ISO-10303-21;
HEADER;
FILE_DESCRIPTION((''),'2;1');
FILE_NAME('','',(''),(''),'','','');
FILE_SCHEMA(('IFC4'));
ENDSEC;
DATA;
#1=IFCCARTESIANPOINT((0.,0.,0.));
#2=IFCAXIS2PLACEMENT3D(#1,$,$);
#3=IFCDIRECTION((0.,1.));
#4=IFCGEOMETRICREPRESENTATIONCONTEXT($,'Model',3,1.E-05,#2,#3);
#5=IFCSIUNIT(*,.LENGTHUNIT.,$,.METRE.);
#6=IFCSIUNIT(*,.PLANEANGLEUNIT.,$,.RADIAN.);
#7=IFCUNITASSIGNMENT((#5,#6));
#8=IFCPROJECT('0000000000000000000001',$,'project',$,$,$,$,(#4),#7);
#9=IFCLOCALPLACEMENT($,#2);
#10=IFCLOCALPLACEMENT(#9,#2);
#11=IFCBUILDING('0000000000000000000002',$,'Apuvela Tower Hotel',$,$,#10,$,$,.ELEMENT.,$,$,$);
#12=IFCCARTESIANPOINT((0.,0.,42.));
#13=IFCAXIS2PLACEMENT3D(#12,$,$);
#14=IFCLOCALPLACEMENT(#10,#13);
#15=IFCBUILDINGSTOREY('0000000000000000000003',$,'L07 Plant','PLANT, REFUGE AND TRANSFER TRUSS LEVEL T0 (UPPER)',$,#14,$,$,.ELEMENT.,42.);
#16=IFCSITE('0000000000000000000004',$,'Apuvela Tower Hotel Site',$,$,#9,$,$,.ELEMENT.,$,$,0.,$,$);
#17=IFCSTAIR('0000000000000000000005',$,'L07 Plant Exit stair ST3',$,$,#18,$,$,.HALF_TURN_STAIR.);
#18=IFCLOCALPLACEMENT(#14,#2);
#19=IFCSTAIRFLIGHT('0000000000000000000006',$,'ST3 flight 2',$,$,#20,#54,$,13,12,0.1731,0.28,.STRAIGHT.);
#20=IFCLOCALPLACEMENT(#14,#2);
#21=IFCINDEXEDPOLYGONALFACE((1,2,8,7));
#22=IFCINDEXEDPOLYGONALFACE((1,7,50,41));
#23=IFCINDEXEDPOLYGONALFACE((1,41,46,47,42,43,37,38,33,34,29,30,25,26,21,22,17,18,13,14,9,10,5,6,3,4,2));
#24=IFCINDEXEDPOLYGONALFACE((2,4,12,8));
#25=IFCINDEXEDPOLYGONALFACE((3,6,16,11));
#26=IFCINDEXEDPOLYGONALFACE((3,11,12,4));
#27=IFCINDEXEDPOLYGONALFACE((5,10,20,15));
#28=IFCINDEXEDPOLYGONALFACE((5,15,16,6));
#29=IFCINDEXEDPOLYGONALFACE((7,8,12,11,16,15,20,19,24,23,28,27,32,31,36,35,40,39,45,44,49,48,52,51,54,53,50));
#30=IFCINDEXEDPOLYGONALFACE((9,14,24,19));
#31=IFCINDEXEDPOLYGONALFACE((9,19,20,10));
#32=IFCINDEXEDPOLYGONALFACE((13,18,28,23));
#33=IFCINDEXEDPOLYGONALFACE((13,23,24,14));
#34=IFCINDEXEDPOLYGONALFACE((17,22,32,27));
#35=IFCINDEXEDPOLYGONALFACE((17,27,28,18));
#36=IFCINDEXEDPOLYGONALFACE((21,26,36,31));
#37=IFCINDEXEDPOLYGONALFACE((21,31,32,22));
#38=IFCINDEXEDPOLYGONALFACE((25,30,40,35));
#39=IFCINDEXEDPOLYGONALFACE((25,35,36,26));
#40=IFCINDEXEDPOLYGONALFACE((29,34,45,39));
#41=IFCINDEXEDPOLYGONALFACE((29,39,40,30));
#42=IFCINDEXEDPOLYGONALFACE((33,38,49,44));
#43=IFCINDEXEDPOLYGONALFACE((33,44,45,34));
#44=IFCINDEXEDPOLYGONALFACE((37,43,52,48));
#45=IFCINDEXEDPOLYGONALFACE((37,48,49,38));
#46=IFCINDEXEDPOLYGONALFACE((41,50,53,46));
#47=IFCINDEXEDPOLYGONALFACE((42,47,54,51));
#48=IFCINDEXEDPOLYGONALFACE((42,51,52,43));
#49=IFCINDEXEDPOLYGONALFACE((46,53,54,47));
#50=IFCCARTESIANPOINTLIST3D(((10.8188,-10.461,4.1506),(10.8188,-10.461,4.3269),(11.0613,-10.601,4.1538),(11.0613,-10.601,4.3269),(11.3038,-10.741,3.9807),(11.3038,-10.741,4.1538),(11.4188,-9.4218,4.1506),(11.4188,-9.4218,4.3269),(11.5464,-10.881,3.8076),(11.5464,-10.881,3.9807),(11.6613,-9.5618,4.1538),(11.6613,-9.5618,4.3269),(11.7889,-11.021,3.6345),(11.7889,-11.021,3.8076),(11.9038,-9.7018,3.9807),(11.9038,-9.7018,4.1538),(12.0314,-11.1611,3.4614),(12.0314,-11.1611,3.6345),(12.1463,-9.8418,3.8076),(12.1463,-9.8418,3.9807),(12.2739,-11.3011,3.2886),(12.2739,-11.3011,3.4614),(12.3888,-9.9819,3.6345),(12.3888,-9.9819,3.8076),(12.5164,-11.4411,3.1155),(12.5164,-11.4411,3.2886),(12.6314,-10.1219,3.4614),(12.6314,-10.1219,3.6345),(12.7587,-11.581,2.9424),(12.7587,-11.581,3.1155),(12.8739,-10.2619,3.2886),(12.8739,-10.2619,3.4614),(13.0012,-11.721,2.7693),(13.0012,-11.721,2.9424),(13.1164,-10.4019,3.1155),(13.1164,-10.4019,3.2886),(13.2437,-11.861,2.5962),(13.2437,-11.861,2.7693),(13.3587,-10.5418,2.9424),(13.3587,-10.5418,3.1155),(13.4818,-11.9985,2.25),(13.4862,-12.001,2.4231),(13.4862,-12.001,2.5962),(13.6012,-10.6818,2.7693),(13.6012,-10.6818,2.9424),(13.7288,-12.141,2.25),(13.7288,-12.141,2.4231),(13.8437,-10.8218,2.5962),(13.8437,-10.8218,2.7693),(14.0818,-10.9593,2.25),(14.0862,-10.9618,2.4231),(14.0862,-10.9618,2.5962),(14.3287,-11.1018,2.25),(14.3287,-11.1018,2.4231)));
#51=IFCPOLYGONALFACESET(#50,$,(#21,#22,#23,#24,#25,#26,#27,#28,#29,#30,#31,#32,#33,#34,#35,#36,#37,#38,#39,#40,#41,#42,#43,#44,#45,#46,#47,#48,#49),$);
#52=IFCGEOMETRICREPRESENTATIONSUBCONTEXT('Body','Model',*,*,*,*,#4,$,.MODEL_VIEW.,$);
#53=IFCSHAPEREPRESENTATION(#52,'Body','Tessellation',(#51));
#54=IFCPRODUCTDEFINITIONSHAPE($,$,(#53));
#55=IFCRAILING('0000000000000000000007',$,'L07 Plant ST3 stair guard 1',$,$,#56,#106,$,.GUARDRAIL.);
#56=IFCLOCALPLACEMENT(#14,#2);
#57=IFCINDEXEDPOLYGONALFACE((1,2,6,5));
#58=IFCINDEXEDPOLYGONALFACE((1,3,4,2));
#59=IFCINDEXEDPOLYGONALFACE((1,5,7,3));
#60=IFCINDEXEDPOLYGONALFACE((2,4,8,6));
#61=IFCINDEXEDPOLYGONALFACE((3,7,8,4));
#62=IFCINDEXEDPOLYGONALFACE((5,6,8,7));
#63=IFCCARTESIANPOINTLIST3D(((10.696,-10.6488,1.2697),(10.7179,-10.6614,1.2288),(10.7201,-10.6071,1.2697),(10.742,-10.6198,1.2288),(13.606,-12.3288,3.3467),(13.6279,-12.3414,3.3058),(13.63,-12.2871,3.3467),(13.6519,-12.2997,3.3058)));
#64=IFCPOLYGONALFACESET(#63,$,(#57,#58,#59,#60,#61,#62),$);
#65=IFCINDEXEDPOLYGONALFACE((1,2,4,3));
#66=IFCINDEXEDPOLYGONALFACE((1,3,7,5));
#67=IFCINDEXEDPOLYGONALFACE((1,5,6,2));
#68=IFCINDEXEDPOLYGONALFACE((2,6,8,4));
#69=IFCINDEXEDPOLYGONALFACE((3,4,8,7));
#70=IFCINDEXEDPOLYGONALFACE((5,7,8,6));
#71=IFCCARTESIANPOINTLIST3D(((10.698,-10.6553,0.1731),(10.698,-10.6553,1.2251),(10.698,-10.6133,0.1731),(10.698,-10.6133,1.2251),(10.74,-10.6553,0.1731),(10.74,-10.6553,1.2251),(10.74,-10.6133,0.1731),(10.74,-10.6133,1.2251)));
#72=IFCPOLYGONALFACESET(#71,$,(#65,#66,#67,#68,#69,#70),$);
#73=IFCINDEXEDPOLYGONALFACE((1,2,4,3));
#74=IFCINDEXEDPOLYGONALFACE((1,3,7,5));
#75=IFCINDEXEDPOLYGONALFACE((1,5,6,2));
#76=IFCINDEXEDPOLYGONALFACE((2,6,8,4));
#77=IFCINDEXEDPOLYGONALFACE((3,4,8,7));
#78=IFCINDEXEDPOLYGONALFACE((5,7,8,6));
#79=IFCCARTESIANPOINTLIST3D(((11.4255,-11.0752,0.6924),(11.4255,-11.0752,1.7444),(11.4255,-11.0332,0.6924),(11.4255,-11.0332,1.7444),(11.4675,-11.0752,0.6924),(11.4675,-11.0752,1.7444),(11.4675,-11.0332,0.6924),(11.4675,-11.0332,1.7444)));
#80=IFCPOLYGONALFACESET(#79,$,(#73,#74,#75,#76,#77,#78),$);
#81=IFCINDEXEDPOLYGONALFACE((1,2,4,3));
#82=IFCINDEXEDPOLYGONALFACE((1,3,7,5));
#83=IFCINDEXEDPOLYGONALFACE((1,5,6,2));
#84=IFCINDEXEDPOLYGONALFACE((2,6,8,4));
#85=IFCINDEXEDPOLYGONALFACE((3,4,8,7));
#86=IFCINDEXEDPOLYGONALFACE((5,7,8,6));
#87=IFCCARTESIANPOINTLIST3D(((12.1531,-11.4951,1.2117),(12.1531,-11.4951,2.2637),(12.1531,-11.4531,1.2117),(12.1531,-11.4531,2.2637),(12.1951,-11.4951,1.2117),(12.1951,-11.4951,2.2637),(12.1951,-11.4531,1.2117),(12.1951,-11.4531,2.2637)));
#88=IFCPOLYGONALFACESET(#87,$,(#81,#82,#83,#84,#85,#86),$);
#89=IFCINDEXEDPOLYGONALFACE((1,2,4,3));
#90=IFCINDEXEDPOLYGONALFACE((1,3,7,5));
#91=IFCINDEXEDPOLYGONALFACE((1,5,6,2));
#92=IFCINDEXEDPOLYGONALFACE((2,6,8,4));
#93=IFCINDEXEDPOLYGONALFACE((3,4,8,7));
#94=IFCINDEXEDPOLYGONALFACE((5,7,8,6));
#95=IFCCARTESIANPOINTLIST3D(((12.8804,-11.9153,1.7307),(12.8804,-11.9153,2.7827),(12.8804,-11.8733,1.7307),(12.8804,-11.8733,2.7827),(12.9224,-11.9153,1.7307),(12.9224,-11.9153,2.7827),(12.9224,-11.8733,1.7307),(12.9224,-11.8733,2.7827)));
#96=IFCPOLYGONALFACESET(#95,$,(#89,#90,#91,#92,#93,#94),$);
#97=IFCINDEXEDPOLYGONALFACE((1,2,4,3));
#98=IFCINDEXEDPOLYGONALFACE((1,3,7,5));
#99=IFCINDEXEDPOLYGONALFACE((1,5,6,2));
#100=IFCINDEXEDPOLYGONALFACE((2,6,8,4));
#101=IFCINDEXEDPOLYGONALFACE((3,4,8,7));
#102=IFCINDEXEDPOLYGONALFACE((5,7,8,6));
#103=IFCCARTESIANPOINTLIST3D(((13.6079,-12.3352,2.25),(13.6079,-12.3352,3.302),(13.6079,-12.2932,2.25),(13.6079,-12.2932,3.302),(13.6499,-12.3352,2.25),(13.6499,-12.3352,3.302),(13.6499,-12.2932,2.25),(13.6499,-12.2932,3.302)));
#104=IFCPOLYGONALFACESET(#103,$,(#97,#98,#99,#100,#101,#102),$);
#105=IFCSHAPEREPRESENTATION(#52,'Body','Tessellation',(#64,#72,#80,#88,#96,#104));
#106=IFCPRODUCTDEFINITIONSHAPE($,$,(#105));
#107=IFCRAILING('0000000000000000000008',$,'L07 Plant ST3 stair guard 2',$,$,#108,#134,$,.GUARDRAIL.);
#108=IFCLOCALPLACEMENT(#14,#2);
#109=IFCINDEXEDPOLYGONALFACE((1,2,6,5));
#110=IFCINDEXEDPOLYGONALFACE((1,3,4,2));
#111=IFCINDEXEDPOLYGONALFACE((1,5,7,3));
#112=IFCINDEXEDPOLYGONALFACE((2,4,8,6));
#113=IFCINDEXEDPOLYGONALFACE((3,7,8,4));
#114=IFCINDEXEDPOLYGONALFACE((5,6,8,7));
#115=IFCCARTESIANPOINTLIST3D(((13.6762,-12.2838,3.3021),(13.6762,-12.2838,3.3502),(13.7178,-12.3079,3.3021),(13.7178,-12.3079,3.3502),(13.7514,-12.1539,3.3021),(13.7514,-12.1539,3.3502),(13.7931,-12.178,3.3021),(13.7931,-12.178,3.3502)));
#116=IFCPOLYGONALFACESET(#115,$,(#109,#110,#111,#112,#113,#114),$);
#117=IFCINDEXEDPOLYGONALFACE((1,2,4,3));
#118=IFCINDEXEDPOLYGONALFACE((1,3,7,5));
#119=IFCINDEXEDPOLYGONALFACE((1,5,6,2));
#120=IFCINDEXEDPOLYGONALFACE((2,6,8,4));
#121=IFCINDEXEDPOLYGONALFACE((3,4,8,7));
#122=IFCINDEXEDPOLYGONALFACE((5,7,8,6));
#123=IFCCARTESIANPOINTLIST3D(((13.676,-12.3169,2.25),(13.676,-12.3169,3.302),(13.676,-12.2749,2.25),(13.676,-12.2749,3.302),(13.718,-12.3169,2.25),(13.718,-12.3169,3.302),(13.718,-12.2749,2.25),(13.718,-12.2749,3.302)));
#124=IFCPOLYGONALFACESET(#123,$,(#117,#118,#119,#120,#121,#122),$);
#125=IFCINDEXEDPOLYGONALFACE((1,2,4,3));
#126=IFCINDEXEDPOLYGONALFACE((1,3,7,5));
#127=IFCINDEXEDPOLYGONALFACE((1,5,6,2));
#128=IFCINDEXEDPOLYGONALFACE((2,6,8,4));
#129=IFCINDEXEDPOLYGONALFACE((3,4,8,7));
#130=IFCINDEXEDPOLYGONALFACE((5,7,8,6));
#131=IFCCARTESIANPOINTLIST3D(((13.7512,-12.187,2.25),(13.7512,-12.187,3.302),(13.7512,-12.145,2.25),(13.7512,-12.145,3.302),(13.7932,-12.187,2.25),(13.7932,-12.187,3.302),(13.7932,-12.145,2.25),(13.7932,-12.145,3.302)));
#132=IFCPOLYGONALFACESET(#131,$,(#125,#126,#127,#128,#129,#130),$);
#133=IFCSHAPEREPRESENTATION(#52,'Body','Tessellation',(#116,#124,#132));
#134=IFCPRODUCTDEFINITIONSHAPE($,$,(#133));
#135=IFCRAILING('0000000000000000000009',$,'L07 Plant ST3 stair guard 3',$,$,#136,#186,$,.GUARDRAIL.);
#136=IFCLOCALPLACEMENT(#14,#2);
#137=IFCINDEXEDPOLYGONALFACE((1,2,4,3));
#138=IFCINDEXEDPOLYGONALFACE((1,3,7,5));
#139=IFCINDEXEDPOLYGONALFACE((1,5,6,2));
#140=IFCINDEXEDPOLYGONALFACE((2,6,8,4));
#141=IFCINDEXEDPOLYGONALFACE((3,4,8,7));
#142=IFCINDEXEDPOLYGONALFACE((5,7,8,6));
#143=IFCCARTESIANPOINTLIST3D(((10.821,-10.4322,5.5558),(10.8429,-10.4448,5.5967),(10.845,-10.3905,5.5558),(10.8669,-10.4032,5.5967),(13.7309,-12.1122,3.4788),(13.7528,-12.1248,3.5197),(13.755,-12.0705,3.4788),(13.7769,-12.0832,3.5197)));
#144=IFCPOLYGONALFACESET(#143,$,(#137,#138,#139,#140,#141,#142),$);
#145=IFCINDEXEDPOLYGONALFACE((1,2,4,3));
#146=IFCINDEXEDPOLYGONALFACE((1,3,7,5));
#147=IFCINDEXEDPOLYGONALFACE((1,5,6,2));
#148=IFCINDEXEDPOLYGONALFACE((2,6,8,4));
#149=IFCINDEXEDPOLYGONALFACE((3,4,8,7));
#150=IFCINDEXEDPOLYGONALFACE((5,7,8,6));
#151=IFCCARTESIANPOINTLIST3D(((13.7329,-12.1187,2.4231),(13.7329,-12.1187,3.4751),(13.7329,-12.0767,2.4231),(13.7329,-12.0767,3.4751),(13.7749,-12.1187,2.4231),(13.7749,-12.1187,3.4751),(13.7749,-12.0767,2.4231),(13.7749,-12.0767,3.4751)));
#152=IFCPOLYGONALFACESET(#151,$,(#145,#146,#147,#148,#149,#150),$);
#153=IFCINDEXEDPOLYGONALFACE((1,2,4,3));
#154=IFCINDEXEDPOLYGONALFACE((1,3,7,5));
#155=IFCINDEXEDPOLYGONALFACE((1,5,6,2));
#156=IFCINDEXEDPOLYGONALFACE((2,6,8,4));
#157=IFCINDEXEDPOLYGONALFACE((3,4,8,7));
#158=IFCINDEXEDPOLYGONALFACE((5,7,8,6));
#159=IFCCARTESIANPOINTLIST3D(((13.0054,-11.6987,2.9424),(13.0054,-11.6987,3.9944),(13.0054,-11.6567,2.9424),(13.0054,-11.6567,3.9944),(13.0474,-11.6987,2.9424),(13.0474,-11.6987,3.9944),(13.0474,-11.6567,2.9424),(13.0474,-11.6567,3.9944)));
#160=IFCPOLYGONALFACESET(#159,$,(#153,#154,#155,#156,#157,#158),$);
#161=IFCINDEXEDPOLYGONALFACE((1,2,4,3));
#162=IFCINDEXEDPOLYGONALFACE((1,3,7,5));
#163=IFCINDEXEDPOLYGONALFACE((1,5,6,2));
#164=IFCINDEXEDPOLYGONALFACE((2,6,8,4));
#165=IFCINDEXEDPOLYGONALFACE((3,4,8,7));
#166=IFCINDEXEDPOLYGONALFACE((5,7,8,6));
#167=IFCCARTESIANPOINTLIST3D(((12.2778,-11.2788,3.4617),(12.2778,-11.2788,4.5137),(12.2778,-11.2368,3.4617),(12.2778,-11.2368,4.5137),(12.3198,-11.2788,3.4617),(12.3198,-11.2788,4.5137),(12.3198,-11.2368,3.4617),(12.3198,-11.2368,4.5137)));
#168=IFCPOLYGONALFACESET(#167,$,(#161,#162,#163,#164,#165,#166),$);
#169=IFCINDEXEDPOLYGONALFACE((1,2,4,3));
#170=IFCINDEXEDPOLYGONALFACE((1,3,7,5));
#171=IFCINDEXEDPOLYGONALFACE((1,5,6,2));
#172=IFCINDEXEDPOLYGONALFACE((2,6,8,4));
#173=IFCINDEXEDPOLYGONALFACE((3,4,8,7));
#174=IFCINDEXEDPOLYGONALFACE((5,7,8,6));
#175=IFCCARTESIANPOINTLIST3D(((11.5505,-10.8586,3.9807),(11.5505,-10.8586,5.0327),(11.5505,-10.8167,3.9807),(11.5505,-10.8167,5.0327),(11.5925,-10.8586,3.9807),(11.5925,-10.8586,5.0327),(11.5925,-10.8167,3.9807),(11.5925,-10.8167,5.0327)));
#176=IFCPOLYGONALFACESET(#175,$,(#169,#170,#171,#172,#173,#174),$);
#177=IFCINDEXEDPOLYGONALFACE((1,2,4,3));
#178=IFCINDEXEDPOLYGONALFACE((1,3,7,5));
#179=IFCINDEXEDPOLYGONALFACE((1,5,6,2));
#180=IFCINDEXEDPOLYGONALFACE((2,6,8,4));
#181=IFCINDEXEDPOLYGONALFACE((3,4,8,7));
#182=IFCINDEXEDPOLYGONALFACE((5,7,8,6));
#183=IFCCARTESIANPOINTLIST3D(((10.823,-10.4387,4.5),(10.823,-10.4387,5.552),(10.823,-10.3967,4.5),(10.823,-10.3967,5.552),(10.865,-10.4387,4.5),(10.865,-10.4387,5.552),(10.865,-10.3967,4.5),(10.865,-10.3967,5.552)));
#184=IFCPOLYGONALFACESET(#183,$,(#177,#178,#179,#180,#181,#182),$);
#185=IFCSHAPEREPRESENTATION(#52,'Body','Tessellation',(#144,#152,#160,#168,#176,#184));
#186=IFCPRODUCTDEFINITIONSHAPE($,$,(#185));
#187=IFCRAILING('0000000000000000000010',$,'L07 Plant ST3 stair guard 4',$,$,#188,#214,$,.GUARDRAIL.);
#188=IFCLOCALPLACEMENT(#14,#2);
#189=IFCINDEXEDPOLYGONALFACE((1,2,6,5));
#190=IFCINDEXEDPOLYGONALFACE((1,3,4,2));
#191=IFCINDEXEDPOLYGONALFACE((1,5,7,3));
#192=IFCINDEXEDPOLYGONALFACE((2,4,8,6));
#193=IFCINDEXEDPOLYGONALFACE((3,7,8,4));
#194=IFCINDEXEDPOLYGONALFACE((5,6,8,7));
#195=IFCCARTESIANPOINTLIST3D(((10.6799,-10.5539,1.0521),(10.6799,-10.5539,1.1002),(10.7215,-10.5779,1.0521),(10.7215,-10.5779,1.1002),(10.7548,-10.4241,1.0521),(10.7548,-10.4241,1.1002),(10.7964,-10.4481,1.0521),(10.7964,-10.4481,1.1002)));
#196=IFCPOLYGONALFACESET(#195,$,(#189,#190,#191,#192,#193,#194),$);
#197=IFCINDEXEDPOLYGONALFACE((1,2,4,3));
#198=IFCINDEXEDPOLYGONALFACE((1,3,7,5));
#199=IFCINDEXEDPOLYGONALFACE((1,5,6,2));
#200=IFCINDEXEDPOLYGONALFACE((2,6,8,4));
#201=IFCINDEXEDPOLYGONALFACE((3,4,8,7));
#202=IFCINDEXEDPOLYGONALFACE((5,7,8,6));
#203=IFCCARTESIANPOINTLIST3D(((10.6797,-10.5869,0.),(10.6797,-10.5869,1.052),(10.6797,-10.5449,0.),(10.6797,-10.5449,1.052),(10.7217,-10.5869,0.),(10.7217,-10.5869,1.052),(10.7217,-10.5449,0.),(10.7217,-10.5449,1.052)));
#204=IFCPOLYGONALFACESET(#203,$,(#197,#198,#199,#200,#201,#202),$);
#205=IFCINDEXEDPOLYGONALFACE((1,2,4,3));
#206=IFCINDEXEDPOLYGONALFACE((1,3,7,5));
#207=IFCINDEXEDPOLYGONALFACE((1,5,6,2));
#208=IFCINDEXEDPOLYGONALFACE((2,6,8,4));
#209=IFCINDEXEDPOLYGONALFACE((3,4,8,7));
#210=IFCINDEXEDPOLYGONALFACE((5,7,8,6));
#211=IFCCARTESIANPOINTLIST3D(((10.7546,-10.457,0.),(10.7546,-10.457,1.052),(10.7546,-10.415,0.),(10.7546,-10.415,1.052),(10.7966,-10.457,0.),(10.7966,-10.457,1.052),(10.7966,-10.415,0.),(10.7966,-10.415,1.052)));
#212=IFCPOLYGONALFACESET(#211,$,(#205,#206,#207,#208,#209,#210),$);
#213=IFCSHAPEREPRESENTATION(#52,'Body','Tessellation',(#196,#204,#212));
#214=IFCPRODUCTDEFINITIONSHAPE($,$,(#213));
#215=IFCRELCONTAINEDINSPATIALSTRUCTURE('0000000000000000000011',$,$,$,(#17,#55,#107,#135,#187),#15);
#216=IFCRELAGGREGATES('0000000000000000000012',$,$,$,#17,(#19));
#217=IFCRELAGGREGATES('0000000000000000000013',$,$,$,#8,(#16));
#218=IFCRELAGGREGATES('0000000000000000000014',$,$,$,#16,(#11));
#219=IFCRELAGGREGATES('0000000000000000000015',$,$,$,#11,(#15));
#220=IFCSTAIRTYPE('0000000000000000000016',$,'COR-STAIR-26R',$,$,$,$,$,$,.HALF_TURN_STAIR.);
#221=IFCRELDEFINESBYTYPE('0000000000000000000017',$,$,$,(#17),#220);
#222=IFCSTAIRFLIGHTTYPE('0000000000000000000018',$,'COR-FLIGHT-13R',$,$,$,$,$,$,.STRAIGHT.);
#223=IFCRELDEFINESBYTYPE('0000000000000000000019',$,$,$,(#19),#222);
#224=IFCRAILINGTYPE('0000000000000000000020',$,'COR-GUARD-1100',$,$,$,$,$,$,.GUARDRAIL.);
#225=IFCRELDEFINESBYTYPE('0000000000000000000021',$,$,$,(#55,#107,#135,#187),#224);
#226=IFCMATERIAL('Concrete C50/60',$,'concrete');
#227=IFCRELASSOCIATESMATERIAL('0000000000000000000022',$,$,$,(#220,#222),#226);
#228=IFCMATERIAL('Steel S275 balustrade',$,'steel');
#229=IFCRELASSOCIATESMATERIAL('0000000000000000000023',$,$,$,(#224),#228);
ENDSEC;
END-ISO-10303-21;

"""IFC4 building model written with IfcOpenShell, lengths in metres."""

from ifc_helpers import new_model, si_unit, direction, frame, origin, origin_2d, place, context, subcontext, project, spatial, polyline, rectangle, outline, extrude, material, type_object, element, aggregate, save


model = new_model("IFC4")

# Units and contexts
model_context = context("Model", 3, precision=1e-05, world=origin(), true_north=direction((0.0, 1.0)))
body_context = subcontext(model_context, "Body", "Model", "MODEL_VIEW")
ifc_project = project(units=[si_unit("LENGTHUNIT", "METRE"), si_unit("PLANEANGLEUNIT", "RADIAN")], contexts=[model_context])

# Site, building, storey
site_placement = place(None, origin())
site = spatial("IfcSite", under=ifc_project, at=site_placement, Name="Apuvela Tower Hotel Site", CompositionType="ELEMENT", RefElevation=0.0)
building_placement = place(site_placement, origin())
building = spatial("IfcBuilding", under=site, at=building_placement, Name="Apuvela Tower Hotel", CompositionType="ELEMENT")
storey_placement = place(building_placement, frame((0.0, 0.0, 42.0)))
storey = spatial("IfcBuildingStorey", under=building, at=storey_placement, Name="L07 Plant", Description="PLANT, REFUGE AND TRANSFER TRUSS LEVEL T0 (UPPER)", CompositionType="ELEMENT", Elevation=42.0)

# Shared definitions
ifc_material_1 = material(Name="Concrete C50/60", Category="concrete")

# Stair, stair flight
stair_type = type_object("IfcStairType", Name="COR-STAIR-26R", PredefinedType="HALF_TURN_STAIR", material=ifc_material_1)
stair_placement = place(storey_placement, origin())
stair = element("IfcStair", 1, at=stair_placement, inside=storey, type_object=stair_type, Name="L07 Plant Exit stair ST3", PredefinedType="HALF_TURN_STAIR")
stair_flight_type = type_object("IfcStairFlightType", Name="COR-FLIGHT-13R", PredefinedType="STRAIGHT", material=ifc_material_1)
stair_flight_1_placement = place(storey_placement, frame((14.0288, -11.6213, 2.25), z_axis=(0.0, 0.0, 1.0), x_axis=(-0.866025, 0.5, 0.0)))
stair_flight_1 = element("IfcStairFlight", 2, at=stair_flight_1_placement, type_object=stair_flight_type, Name="ST3 flight 2", NumberOfRisers=13, NumberOfTreads=12, PredefinedType="STRAIGHT", RiserHeight=0.1731, TreadLength=0.28, context=body_context, shape_type="SweptSolid", body=[
    extrude(outline(polyline([(0.0, 0.0), (0.0, 0.1731), (0.28, 0.1731), (0.28, 0.3462), (0.5601, 0.3462), (0.5601, 0.5193), (0.8401, 0.5193), (0.8401, 0.6924), (1.1201, 0.6924), (1.1201, 0.8655), (1.3999, 0.8655), (1.3999, 1.0386), (1.6799, 1.0386), (1.6799, 1.2114), (1.96, 1.2114), (1.96, 1.3845), (2.24, 1.3845), (2.24, 1.5576), (2.52, 1.5576), (2.52, 1.7307), (2.8, 1.7307), (2.8, 1.9038), (3.0801, 1.9038), (3.0801, 2.0769), (3.3601, 2.0769), (3.3601, 2.25), (3.3601, 1.9006), (0.2852, 0.0), (0.0, 0.0)])), frame((0.0, 0.6001, 0.0), z_axis=(0.0, -1.0, 0.0), x_axis=(1.0, 0.0, 0.0)), (0.0, 0.0, 1.0), 1.2),
])
aggregate(stair, [stair_flight_1])

# Railings
ifc_material_2 = material(Name="Steel S275 balustrade", Category="steel")
railing_type_1 = type_object("IfcRailingType", Name="COR-GUARD-1100", PredefinedType="GUARDRAIL", material=ifc_material_2)
railing_1_placement = place(storey_placement, frame((10.719, -10.6343, 0.1731)))
element("IfcRailing", 3, at=railing_1_placement, inside=storey, type_object=railing_type_1, Name="L07 Plant ST3 stair guard 1", PredefinedType="GUARDRAIL", context=body_context, shape_type="SweptSolid", body=[
    extrude(rectangle(XDim=0.0481, YDim=0.0481, at=origin_2d()), frame((0.0, 0.0, 1.0762), z_axis=(0.736668, -0.425288, 0.525785), x_axis=(0.499976, 0.866039, 0.0)), (0.0, 0.0, 1.0), 3.9502),
    extrude(rectangle(XDim=0.042, YDim=0.042, at=origin_2d()), origin(), (0.0, 0.0, 1.0), 1.052),
    extrude(rectangle(XDim=0.042, YDim=0.042, at=origin_2d()), frame((0.7275, -0.4199, 0.5193)), (0.0, 0.0, 1.0), 1.052),
    extrude(rectangle(XDim=0.042, YDim=0.042, at=origin_2d()), frame((1.4551, -0.8398, 1.0386)), (0.0, 0.0, 1.0), 1.052),
    extrude(rectangle(XDim=0.042, YDim=0.042, at=origin_2d()), frame((2.1824, -1.26, 1.5576)), (0.0, 0.0, 1.0), 1.052),
    extrude(rectangle(XDim=0.042, YDim=0.042, at=origin_2d()), frame((2.9099, -1.6799, 2.0769)), (0.0, 0.0, 1.0), 1.052),
])
railing_2_placement = place(storey_placement, frame((13.697, -12.2959, 2.25)))
element("IfcRailing", 4, at=railing_2_placement, inside=storey, type_object=railing_type_1, Name="L07 Plant ST3 stair guard 2", PredefinedType="GUARDRAIL", context=body_context, shape_type="SweptSolid", body=[
    extrude(rectangle(XDim=0.0481, YDim=0.0481, at=origin_2d()), frame((0.0, 0.0, 1.0762), z_axis=(0.501036, 0.865426, 0.0), x_axis=(-0.865426, 0.501036, 0.0)), (0.0, 0.0, 1.0), 0.1501),
    extrude(rectangle(XDim=0.042, YDim=0.042, at=origin_2d()), origin(), (0.0, 0.0, 1.0), 1.052),
    extrude(rectangle(XDim=0.042, YDim=0.042, at=origin_2d()), frame((0.0752, 0.1299, 0.0)), (0.0, 0.0, 1.0), 1.052),
])
railing_3_placement = place(storey_placement, frame((13.7539, -12.0977, 2.4231)))
element("IfcRailing", 5, at=railing_3_placement, inside=storey, type_object=railing_type_1, Name="L07 Plant ST3 stair guard 3", PredefinedType="GUARDRAIL", context=body_context, shape_type="SweptSolid", body=[
    extrude(rectangle(XDim=0.0481, YDim=0.0481, at=origin_2d()), frame((0.0, 0.0, 1.0762), z_axis=(-0.736668, 0.425288, 0.525785), x_axis=(-0.499976, -0.866039, 0.0)), (0.0, 0.0, 1.0), 3.9502),
    extrude(rectangle(XDim=0.042, YDim=0.042, at=origin_2d()), origin(), (0.0, 0.0, 1.0), 1.052),
    extrude(rectangle(XDim=0.042, YDim=0.042, at=origin_2d()), frame((-0.7275, 0.4199, 0.5193)), (0.0, 0.0, 1.0), 1.052),
    extrude(rectangle(XDim=0.042, YDim=0.042, at=origin_2d()), frame((-1.4551, 0.8398, 1.0386)), (0.0, 0.0, 1.0), 1.052),
    extrude(rectangle(XDim=0.042, YDim=0.042, at=origin_2d()), frame((-2.1824, 1.26, 1.5576)), (0.0, 0.0, 1.0), 1.052),
    extrude(rectangle(XDim=0.042, YDim=0.042, at=origin_2d()), frame((-2.9099, 1.6799, 2.0769)), (0.0, 0.0, 1.0), 1.052),
])
railing_4_placement = place(storey_placement, frame((10.7007, -10.5659, 0.0)))
element("IfcRailing", 6, at=railing_4_placement, inside=storey, type_object=railing_type_1, Name="L07 Plant ST3 stair guard 4", PredefinedType="GUARDRAIL", context=body_context, shape_type="SweptSolid", body=[
    extrude(rectangle(XDim=0.0481, YDim=0.0481, at=origin_2d()), frame((0.0, 0.0, 1.0762), z_axis=(0.499816, 0.866131, 0.0), x_axis=(-0.866131, 0.499816, 0.0)), (0.0, 0.0, 1.0), 0.1499),
    extrude(rectangle(XDim=0.042, YDim=0.042, at=origin_2d()), origin(), (0.0, 0.0, 1.0), 1.052),
    extrude(rectangle(XDim=0.042, YDim=0.042, at=origin_2d()), frame((0.075, 0.1299, 0.0)), (0.0, 0.0, 1.0), 1.052),
])

save(model, "model.ifc")
